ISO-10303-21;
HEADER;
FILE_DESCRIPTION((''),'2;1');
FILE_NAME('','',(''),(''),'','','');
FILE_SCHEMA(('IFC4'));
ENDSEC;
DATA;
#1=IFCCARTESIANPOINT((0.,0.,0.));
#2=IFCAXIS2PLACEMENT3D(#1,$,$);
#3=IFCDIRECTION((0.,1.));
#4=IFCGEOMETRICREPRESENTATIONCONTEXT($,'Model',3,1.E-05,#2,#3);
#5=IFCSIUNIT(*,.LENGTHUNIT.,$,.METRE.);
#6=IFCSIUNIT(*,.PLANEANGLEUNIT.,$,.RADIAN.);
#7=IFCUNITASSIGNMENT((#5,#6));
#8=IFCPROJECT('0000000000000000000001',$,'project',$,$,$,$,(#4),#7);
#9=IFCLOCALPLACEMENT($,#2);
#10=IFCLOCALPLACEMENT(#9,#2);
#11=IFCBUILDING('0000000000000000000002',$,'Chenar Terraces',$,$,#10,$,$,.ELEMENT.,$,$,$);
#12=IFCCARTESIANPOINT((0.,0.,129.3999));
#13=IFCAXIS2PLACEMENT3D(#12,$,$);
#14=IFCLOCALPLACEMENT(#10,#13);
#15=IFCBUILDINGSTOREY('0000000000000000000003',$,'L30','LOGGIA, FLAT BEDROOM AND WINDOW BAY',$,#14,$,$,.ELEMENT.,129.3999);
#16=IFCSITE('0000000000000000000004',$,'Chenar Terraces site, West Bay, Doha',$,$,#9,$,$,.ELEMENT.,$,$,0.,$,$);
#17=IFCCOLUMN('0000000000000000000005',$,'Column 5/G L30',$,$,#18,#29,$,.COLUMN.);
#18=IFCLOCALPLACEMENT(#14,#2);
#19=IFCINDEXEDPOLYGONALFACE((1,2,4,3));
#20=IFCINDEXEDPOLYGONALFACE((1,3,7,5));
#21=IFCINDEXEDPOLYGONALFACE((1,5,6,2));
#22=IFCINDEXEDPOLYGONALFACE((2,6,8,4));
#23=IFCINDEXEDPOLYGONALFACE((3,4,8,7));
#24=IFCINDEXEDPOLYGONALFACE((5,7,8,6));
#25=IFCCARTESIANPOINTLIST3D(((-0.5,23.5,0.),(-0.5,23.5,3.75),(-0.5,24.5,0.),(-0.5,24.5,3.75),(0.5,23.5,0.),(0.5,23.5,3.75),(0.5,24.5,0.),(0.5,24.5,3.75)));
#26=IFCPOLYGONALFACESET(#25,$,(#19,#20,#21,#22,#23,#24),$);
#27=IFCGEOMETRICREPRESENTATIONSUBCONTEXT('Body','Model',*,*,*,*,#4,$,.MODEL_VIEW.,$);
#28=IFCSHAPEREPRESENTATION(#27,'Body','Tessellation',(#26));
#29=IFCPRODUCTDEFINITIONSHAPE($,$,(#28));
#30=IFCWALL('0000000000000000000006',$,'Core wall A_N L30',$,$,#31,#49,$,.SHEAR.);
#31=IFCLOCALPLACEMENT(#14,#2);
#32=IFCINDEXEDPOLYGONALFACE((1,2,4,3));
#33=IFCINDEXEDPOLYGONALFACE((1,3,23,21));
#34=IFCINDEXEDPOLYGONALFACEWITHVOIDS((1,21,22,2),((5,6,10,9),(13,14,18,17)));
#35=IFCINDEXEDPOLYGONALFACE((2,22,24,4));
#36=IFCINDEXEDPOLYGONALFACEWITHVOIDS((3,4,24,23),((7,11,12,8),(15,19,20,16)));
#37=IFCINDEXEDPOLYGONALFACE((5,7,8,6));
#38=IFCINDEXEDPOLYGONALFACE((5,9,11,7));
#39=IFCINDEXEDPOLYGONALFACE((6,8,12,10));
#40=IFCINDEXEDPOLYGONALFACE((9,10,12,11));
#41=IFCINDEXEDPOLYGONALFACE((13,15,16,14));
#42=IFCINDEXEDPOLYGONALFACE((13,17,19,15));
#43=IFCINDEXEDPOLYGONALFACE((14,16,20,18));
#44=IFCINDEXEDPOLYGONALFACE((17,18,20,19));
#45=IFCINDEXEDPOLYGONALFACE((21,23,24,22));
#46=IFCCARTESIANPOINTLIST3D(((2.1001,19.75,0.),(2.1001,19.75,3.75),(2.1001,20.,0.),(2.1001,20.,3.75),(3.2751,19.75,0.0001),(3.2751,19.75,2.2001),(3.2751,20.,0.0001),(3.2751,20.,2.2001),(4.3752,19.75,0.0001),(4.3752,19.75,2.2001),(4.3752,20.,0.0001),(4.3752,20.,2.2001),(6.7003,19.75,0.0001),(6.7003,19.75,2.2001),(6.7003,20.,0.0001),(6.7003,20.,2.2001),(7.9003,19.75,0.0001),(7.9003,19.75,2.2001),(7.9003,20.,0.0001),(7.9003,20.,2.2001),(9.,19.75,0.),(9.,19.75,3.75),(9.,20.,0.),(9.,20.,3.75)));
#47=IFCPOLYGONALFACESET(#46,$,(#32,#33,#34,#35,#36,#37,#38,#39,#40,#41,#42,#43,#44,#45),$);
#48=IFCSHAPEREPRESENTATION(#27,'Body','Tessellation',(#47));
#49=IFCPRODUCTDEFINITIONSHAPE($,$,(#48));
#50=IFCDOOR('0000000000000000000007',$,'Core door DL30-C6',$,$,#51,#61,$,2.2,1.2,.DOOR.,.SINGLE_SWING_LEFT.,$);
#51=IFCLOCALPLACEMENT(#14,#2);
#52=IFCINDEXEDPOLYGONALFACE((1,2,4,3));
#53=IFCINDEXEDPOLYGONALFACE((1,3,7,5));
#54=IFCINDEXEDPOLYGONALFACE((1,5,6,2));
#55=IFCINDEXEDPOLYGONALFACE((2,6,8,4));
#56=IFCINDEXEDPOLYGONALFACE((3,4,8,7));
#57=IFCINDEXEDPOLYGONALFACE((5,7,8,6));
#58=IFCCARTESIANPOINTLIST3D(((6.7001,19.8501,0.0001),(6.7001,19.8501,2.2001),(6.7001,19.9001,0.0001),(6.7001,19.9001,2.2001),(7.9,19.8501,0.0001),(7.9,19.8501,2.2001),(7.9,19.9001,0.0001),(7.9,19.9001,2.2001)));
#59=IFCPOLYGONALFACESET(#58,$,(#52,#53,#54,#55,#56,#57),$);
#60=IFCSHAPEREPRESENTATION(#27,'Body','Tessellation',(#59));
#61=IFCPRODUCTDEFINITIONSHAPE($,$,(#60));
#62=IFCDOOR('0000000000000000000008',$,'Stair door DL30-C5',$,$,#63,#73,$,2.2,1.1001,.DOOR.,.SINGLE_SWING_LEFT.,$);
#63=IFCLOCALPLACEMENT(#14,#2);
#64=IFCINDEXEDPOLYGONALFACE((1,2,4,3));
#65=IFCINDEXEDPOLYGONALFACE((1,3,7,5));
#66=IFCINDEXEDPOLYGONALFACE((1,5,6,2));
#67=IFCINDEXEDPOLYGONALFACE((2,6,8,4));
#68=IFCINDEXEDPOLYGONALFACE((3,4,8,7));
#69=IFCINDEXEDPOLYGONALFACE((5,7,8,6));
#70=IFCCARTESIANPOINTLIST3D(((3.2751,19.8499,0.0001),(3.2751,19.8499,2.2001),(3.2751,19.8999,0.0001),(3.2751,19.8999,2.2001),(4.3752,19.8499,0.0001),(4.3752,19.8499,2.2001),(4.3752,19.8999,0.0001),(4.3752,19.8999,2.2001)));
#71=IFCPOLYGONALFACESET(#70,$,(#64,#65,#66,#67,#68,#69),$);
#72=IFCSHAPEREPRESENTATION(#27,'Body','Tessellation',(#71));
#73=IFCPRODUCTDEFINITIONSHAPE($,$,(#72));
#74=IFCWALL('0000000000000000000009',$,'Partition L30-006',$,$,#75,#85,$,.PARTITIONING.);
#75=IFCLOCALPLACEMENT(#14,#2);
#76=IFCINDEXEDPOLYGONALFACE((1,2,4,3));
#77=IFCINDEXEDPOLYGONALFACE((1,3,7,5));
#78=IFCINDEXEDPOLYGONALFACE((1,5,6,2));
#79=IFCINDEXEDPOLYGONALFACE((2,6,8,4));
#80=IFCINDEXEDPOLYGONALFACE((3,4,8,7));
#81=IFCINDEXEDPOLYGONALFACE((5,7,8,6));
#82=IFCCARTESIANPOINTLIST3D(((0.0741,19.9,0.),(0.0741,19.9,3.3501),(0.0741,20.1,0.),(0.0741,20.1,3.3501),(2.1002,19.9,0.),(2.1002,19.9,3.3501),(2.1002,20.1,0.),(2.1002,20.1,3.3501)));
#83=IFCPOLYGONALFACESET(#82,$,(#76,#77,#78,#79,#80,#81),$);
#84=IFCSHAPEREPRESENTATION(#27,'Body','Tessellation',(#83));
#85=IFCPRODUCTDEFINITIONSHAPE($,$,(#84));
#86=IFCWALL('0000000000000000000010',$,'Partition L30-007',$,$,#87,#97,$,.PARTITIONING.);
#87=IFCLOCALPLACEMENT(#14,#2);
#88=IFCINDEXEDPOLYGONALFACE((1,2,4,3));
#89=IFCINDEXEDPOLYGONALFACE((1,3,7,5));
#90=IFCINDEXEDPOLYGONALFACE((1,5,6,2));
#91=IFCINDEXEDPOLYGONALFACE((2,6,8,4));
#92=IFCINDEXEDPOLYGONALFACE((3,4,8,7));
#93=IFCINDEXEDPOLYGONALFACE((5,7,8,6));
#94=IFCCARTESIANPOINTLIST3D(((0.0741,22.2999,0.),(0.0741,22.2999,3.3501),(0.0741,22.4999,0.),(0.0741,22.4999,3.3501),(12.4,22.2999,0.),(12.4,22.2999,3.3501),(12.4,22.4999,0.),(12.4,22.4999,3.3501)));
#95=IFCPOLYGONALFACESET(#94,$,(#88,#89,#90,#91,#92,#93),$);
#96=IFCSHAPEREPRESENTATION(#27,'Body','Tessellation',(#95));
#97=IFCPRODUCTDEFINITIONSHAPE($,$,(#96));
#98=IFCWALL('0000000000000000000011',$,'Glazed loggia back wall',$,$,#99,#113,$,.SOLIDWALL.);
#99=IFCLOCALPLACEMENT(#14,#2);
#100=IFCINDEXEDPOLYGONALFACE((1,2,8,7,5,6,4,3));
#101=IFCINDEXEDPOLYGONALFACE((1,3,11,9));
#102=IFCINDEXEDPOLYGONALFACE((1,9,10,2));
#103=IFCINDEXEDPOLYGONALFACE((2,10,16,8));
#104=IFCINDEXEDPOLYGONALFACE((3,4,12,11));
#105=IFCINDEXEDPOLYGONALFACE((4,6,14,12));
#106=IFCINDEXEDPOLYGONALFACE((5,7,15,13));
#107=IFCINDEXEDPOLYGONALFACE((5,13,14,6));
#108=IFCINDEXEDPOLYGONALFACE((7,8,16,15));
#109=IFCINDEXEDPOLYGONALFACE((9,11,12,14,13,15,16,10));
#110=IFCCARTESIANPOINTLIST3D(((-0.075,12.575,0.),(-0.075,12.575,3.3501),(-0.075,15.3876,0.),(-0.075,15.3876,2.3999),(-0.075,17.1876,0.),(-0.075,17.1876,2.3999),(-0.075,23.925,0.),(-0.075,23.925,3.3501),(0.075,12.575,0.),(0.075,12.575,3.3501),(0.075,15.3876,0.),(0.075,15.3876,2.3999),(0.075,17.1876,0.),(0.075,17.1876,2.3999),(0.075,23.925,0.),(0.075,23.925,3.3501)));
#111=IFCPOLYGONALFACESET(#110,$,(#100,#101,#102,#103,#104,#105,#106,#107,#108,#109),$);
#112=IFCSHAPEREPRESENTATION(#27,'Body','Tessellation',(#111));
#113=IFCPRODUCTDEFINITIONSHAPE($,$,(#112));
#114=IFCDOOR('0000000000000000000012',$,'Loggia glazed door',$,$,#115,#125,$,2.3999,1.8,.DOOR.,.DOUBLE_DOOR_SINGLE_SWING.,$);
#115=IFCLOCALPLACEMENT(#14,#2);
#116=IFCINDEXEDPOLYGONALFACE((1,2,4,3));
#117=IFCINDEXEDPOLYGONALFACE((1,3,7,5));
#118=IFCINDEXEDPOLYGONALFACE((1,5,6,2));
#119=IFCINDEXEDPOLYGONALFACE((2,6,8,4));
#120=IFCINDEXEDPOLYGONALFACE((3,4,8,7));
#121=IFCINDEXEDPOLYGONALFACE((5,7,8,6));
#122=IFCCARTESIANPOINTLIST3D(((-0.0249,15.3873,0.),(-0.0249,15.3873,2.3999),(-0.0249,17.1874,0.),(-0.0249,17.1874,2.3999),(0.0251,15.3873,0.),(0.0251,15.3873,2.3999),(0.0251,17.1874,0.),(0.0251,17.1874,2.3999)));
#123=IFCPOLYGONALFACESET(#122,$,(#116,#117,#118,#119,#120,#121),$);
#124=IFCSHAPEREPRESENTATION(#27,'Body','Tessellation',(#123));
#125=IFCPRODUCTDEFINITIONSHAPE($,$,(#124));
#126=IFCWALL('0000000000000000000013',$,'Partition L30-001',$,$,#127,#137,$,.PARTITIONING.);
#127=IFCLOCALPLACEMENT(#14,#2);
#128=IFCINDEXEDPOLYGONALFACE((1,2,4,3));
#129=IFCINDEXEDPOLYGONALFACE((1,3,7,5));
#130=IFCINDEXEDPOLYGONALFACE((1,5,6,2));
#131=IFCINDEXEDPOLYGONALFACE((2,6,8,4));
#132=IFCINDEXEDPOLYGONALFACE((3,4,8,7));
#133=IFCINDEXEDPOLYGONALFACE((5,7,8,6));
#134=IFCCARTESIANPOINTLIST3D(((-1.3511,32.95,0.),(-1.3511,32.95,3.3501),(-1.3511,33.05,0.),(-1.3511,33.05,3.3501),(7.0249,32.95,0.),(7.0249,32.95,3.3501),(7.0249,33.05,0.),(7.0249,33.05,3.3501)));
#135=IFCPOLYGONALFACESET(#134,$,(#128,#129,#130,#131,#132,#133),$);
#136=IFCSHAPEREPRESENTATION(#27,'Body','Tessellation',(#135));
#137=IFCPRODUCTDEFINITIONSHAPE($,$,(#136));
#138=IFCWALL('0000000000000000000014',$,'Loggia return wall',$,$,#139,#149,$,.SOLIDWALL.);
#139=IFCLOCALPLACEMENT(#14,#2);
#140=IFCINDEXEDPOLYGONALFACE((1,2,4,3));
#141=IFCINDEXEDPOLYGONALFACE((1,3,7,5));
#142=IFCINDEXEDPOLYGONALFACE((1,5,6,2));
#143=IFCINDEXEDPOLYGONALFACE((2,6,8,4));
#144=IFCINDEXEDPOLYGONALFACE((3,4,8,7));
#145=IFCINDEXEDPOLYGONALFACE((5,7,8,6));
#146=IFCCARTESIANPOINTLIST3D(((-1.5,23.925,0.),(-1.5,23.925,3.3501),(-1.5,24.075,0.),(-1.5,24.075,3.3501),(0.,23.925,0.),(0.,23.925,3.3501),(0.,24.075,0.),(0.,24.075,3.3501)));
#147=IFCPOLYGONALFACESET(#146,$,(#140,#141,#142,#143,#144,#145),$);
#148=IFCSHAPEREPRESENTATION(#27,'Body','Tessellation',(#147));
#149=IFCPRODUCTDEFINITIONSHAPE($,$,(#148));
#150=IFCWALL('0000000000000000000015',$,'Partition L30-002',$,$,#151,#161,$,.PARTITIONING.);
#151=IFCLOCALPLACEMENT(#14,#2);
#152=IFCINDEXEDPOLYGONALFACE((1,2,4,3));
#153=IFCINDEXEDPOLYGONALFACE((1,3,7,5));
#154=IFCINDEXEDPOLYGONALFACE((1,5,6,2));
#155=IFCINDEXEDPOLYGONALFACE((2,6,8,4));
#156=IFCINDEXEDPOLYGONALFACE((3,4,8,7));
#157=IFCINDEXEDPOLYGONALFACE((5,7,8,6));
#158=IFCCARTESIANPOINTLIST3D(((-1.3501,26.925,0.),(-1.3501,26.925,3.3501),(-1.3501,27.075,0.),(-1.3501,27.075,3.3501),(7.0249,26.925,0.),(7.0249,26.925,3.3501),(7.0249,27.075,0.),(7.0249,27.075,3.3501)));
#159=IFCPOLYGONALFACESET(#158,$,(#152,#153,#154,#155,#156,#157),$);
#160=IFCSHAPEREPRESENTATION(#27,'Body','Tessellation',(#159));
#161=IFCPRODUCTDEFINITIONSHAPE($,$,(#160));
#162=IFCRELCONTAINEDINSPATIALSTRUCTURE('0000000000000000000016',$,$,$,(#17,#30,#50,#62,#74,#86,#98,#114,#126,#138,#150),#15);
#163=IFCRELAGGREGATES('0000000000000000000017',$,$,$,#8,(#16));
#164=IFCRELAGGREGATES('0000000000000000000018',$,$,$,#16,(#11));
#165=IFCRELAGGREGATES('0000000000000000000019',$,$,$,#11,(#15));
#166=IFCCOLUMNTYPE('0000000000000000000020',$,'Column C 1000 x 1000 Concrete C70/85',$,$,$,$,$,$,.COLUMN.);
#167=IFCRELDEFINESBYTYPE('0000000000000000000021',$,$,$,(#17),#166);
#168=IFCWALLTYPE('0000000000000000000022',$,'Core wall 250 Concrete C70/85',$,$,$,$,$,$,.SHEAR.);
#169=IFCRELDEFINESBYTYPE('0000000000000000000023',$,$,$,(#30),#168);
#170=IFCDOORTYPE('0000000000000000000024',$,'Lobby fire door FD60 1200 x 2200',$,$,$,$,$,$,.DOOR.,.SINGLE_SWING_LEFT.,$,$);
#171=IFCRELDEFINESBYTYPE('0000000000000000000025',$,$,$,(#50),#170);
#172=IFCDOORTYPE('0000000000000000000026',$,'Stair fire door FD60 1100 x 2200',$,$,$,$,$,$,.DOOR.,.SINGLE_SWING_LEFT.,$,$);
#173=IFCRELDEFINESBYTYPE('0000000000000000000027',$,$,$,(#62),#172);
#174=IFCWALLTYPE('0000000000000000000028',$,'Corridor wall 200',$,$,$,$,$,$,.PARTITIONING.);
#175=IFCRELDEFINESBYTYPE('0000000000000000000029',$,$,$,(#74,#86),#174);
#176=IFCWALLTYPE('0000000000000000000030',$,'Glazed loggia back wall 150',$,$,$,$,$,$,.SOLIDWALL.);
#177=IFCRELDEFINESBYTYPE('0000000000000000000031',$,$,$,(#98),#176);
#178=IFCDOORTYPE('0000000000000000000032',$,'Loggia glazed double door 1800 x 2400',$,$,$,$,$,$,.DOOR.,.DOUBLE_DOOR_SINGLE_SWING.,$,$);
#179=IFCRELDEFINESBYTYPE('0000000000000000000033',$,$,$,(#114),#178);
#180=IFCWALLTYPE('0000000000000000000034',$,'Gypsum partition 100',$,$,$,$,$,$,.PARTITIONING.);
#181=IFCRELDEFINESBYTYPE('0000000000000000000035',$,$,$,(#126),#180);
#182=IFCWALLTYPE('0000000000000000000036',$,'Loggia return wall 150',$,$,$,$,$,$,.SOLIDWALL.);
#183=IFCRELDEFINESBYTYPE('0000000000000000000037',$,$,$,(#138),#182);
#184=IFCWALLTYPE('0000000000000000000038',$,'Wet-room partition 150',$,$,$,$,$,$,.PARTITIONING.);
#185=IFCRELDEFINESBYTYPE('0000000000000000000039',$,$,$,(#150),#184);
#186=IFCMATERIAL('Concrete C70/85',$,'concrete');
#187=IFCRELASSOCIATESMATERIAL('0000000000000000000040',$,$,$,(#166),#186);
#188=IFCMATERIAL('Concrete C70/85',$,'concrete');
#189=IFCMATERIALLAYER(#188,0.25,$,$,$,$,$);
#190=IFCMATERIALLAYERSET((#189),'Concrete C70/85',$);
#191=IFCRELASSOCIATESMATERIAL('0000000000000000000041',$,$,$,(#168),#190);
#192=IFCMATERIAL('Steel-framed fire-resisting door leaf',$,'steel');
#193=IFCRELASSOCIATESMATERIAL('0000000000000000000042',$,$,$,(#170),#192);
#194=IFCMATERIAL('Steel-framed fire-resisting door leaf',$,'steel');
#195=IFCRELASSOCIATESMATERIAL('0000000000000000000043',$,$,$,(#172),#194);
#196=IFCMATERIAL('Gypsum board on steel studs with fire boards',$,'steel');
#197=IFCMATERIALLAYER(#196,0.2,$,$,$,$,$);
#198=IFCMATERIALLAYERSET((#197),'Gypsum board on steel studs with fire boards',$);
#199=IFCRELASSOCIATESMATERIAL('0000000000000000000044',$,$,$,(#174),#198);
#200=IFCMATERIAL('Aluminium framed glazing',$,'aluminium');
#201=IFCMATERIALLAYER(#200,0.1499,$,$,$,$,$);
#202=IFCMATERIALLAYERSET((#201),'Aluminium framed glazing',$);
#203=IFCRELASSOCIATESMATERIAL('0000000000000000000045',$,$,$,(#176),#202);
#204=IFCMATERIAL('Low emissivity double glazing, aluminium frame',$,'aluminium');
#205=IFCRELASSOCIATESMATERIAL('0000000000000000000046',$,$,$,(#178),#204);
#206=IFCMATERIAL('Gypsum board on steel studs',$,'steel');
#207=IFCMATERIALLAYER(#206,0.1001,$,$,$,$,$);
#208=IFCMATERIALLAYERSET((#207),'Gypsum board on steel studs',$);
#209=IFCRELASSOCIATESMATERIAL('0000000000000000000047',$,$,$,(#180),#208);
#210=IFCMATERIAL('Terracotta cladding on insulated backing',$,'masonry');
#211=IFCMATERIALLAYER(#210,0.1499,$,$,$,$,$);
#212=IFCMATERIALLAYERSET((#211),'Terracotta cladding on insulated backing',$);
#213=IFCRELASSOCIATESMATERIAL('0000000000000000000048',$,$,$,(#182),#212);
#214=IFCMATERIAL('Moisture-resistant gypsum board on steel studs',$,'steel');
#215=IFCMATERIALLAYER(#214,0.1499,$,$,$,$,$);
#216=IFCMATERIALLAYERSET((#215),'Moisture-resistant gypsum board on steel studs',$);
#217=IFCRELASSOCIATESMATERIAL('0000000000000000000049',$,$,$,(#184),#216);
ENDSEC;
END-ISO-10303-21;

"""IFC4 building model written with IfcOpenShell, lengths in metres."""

from ifc_helpers import new_model, si_unit, direction, frame, frame_2d, origin, origin_2d, place, context, subcontext, project, spatial, rectangle, extrude, material, layer, layer_set, material_profile, profile_set, type_object, element, fill, save


model = new_model("IFC4")

# Units and contexts
model_context = context("Model", 3, precision=1e-05, world=origin(), true_north=direction((0.0, 1.0)))
body_context = subcontext(model_context, "Body", "Model", "MODEL_VIEW")
ifc_project = project(units=[si_unit("LENGTHUNIT", "METRE"), si_unit("PLANEANGLEUNIT", "RADIAN")], contexts=[model_context])

# Site, building, storey
site_placement = place(None, origin())
site = spatial("IfcSite", under=ifc_project, at=site_placement, Name="Chenar Terraces site, West Bay, Doha", CompositionType="ELEMENT", RefElevation=0.0)
building_placement = place(site_placement, origin())
building = spatial("IfcBuilding", under=site, at=building_placement, Name="Chenar Terraces", CompositionType="ELEMENT")
storey_placement = place(building_placement, frame((0.0, 0.0, 129.3999)))
storey = spatial("IfcBuildingStorey", under=building, at=storey_placement, Name="L30", Description="LOGGIA, FLAT BEDROOM AND WINDOW BAY", CompositionType="ELEMENT", Elevation=129.3999)

# Column
ifc_material_1 = material(Name="Concrete C70/85", Category="concrete")
ifc_material_profile_1 = material_profile(ifc_material_1, rectangle(XDim=1.0, YDim=1.0, at=origin_2d()), Name="C 1000 x 1000")
ifc_profile_set_1 = profile_set([ifc_material_profile_1], Name="Concrete C70/85")
column_type = type_object("IfcColumnType", Name="Column C 1000 x 1000 Concrete C70/85", PredefinedType="COLUMN", material=ifc_profile_set_1)
column_placement = place(storey_placement, frame((0.0, 24.0, 0.0), z_axis=(0.0, 0.0, 1.0), x_axis=(1.0, 0.0, 0.0)))
element("IfcColumn", 1, at=column_placement, inside=storey, type_object=column_type, Name="Column 5/G L30", PredefinedType="COLUMN", context=body_context, shape_type="SweptSolid", body=[
    extrude(rectangle(XDim=1.0, YDim=1.0, at=origin_2d()), origin(), (0.0, 0.0, 1.0), 3.75),
])

# Wall, openings, doors
ifc_material_2 = material(Name="Concrete C70/85", Category="concrete")
ifc_layer_1 = layer(ifc_material_2, 0.25)
ifc_layer_set_1 = layer_set([ifc_layer_1], Name="Concrete C70/85")
wall_type_1 = type_object("IfcWallType", Name="Core wall 250 Concrete C70/85", PredefinedType="SHEAR", material=ifc_layer_set_1)
wall_1_placement = place(storey_placement, frame((2.1001, 19.875, 0.0), z_axis=(0.0, 0.0, 1.0), x_axis=(1.0, 0.0, 0.0)))
wall_1 = element("IfcWall", 2, at=wall_1_placement, inside=storey, type_object=wall_type_1, Name="Core wall A_N L30", PredefinedType="SHEAR", context=body_context, shape_type="SweptSolid", body=[
    extrude(rectangle(XDim=6.8999, YDim=0.25, at=frame_2d((3.45, 0.0))), origin(), (0.0, 0.0, 1.0), 3.75),
])
opening_1_placement = place(wall_1_placement, frame((1.175, 0.0, 0.0)))
opening_1 = element("IfcOpeningElement", 3, at=opening_1_placement, cuts=wall_1, PredefinedType="OPENING", context=body_context, shape_type="SweptSolid", body=[
    extrude(rectangle(XDim=1.1001, YDim=2.2, at=frame_2d((0.55, 1.1001))), frame((0.0, 0.135, 0.0), z_axis=(0.0, -1.0, 0.0), x_axis=(1.0, 0.0, 0.0)), (0.0, 0.0, 1.0), 0.27),
])
opening_2_placement = place(wall_1_placement, frame((4.6001, 0.0, 0.0)))
opening_2 = element("IfcOpeningElement", 4, at=opening_2_placement, cuts=wall_1, PredefinedType="OPENING", context=body_context, shape_type="SweptSolid", body=[
    extrude(rectangle(XDim=1.2, YDim=2.2, at=frame_2d((0.6001, 1.1001))), frame((0.0, 0.135, 0.0), z_axis=(0.0, -1.0, 0.0), x_axis=(1.0, 0.0, 0.0)), (0.0, 0.0, 1.0), 0.27),
])
ifc_material_3 = material(Name="Steel-framed fire-resisting door leaf", Category="steel")
door_type_1 = type_object("IfcDoorType", Name="Lobby fire door FD60 1200 x 2200", OperationType="SINGLE_SWING_LEFT", PredefinedType="DOOR", material=ifc_material_3)
door_1_placement = place(opening_2_placement, frame((1.2, 0.0, 0.0), z_axis=(0.0, 0.0, 1.0), x_axis=(-1.0, 0.0, 0.0)))
door_1 = element("IfcDoor", 5, at=door_1_placement, inside=storey, type_object=door_type_1, Name="Core door DL30-C6", OperationType="SINGLE_SWING_LEFT", OverallHeight=2.2, OverallWidth=1.2, PredefinedType="DOOR", context=body_context, shape_type="SweptSolid", body=[
    extrude(rectangle(XDim=1.2, YDim=2.2, at=frame_2d((0.6001, 1.1001))), frame((0.0, 0.0249, 0.0), z_axis=(0.0, -1.0, 0.0), x_axis=(1.0, 0.0, 0.0)), (0.0, 0.0, 1.0), 0.05),
])
fill(opening_2, door_1)
ifc_material_4 = material(Name="Steel-framed fire-resisting door leaf", Category="steel")
door_type_2 = type_object("IfcDoorType", Name="Stair fire door FD60 1100 x 2200", OperationType="SINGLE_SWING_LEFT", PredefinedType="DOOR", material=ifc_material_4)
door_2_placement = place(opening_1_placement, origin())
door_2 = element("IfcDoor", 6, at=door_2_placement, inside=storey, type_object=door_type_2, Name="Stair door DL30-C5", OperationType="SINGLE_SWING_LEFT", OverallHeight=2.2, OverallWidth=1.1001, PredefinedType="DOOR", context=body_context, shape_type="SweptSolid", body=[
    extrude(rectangle(XDim=1.1001, YDim=2.2, at=frame_2d((0.55, 1.1001))), frame((0.0, 0.0249, 0.0), z_axis=(0.0, -1.0, 0.0), x_axis=(1.0, 0.0, 0.0)), (0.0, 0.0, 1.0), 0.05),
])
fill(opening_1, door_2)

# Walls
ifc_material_5 = material(Name="Gypsum board on steel studs with fire boards", Category="steel")
ifc_layer_2 = layer(ifc_material_5, 0.2)
ifc_layer_set_2 = layer_set([ifc_layer_2], Name="Gypsum board on steel studs with fire boards")
wall_type_2 = type_object("IfcWallType", Name="Corridor wall 200", PredefinedType="PARTITIONING", material=ifc_layer_set_2)
wall_2_placement = place(storey_placement, frame((0.074, 20.0, 0.0), z_axis=(0.0, 0.0, 1.0), x_axis=(1.0, 0.0, 0.0)))
element("IfcWall", 7, at=wall_2_placement, inside=storey, type_object=wall_type_2, Name="Partition L30-006", PredefinedType="PARTITIONING", context=body_context, shape_type="SweptSolid", body=[
    extrude(rectangle(XDim=2.0261, YDim=0.2, at=frame_2d((1.0132, 0.0))), origin(), (0.0, 0.0, 1.0), 3.3501),
])
wall_3_placement = place(storey_placement, frame((0.074, 22.3999, 0.0), z_axis=(0.0, 0.0, 1.0), x_axis=(1.0, 0.0, 0.0)))
element("IfcWall", 8, at=wall_3_placement, inside=storey, type_object=wall_type_2, Name="Partition L30-007", PredefinedType="PARTITIONING", context=body_context, shape_type="SweptSolid", body=[
    extrude(rectangle(XDim=12.3259, YDim=0.2, at=frame_2d((6.1631, 0.0))), origin(), (0.0, 0.0, 1.0), 3.3501),
])

# Wall, opening, door
ifc_material_6 = material(Name="Aluminium framed glazing", Category="aluminium")
ifc_layer_3 = layer(ifc_material_6, 0.1499)
ifc_layer_set_3 = layer_set([ifc_layer_3], Name="Aluminium framed glazing")
wall_type_3 = type_object("IfcWallType", Name="Glazed loggia back wall 150", PredefinedType="SOLIDWALL", material=ifc_layer_set_3)
wall_4_placement = place(storey_placement, frame((0.0, 23.925, 0.0), z_axis=(0.0, 0.0, 1.0), x_axis=(0.0, -1.0, 0.0)))
wall_4 = element("IfcWall", 9, at=wall_4_placement, inside=storey, type_object=wall_type_3, Name="Glazed loggia back wall", PredefinedType="SOLIDWALL", context=body_context, shape_type="SweptSolid", body=[
    extrude(rectangle(XDim=11.3501, YDim=0.1499, at=frame_2d((5.675, 0.0))), origin(), (0.0, 0.0, 1.0), 3.3501),
])
opening_3_placement = place(wall_4_placement, frame((6.7375, 0.0, 0.0)))
opening_3 = element("IfcOpeningElement", 10, at=opening_3_placement, cuts=wall_4, PredefinedType="OPENING", context=body_context, shape_type="SweptSolid", body=[
    extrude(rectangle(XDim=1.8, YDim=2.3999, at=frame_2d((0.8999, 1.2))), frame((0.0, 0.085, 0.0), z_axis=(0.0, -1.0, 0.0), x_axis=(1.0, 0.0, 0.0)), (0.0, 0.0, 1.0), 0.1699),
])
ifc_material_7 = material(Name="Low emissivity double glazing, aluminium frame", Category="aluminium")
door_type_3 = type_object("IfcDoorType", Name="Loggia glazed double door 1800 x 2400", OperationType="DOUBLE_DOOR_SINGLE_SWING", PredefinedType="DOOR", material=ifc_material_7)
door_3_placement = place(opening_3_placement, frame((1.8, 0.0, 0.0), z_axis=(0.0, 0.0, 1.0), x_axis=(-1.0, 0.0, 0.0)))
door_3 = element("IfcDoor", 11, at=door_3_placement, inside=storey, type_object=door_type_3, Name="Loggia glazed door", OperationType="DOUBLE_DOOR_SINGLE_SWING", OverallHeight=2.3999, OverallWidth=1.8, PredefinedType="DOOR", context=body_context, shape_type="SweptSolid", body=[
    extrude(rectangle(XDim=1.8, YDim=2.3999, at=frame_2d((0.8999, 1.2))), frame((0.0, 0.0249, 0.0), z_axis=(0.0, -1.0, 0.0), x_axis=(1.0, 0.0, 0.0)), (0.0, 0.0, 1.0), 0.05),
])
fill(opening_3, door_3)

# Walls
ifc_material_8 = material(Name="Gypsum board on steel studs", Category="steel")
ifc_layer_4 = layer(ifc_material_8, 0.1001)
ifc_layer_set_4 = layer_set([ifc_layer_4], Name="Gypsum board on steel studs")
wall_type_4 = type_object("IfcWallType", Name="Gypsum partition 100", PredefinedType="PARTITIONING", material=ifc_layer_set_4)
wall_5_placement = place(storey_placement, frame((-1.3511, 33.0, 0.0), z_axis=(0.0, 0.0, 1.0), x_axis=(1.0, 0.0, 0.0)))
element("IfcWall", 12, at=wall_5_placement, inside=storey, type_object=wall_type_4, Name="Partition L30-001", PredefinedType="PARTITIONING", context=body_context, shape_type="SweptSolid", body=[
    extrude(rectangle(XDim=8.376, YDim=0.1001, at=frame_2d((4.188, 0.0))), origin(), (0.0, 0.0, 1.0), 3.3501),
])
ifc_material_9 = material(Name="Terracotta cladding on insulated backing", Category="masonry")
ifc_layer_5 = layer(ifc_material_9, 0.1499)
ifc_layer_set_5 = layer_set([ifc_layer_5], Name="Terracotta cladding on insulated backing")
wall_type_5 = type_object("IfcWallType", Name="Loggia return wall 150", PredefinedType="SOLIDWALL", material=ifc_layer_set_5)
wall_6_placement = place(storey_placement, frame((-1.5, 24.0, 0.0), z_axis=(0.0, 0.0, 1.0), x_axis=(1.0, 0.0, 0.0)))
element("IfcWall", 13, at=wall_6_placement, inside=storey, type_object=wall_type_5, Name="Loggia return wall", PredefinedType="SOLIDWALL", context=body_context, shape_type="SweptSolid", body=[
    extrude(rectangle(XDim=1.5, YDim=0.1499, at=frame_2d((0.75, 0.0))), origin(), (0.0, 0.0, 1.0), 3.3501),
])
ifc_material_10 = material(Name="Moisture-resistant gypsum board on steel studs", Category="steel")
ifc_layer_6 = layer(ifc_material_10, 0.1499)
ifc_layer_set_6 = layer_set([ifc_layer_6], Name="Moisture-resistant gypsum board on steel studs")
wall_type_6 = type_object("IfcWallType", Name="Wet-room partition 150", PredefinedType="PARTITIONING", material=ifc_layer_set_6)
wall_7_placement = place(storey_placement, frame((-1.3501, 27.0, 0.0), z_axis=(0.0, 0.0, 1.0), x_axis=(1.0, 0.0, 0.0)))
element("IfcWall", 14, at=wall_7_placement, inside=storey, type_object=wall_type_6, Name="Partition L30-002", PredefinedType="PARTITIONING", context=body_context, shape_type="SweptSolid", body=[
    extrude(rectangle(XDim=8.375, YDim=0.1499, at=frame_2d((4.1875, 0.0))), origin(), (0.0, 0.0, 1.0), 3.3501),
])

save(model, "model.ifc")
